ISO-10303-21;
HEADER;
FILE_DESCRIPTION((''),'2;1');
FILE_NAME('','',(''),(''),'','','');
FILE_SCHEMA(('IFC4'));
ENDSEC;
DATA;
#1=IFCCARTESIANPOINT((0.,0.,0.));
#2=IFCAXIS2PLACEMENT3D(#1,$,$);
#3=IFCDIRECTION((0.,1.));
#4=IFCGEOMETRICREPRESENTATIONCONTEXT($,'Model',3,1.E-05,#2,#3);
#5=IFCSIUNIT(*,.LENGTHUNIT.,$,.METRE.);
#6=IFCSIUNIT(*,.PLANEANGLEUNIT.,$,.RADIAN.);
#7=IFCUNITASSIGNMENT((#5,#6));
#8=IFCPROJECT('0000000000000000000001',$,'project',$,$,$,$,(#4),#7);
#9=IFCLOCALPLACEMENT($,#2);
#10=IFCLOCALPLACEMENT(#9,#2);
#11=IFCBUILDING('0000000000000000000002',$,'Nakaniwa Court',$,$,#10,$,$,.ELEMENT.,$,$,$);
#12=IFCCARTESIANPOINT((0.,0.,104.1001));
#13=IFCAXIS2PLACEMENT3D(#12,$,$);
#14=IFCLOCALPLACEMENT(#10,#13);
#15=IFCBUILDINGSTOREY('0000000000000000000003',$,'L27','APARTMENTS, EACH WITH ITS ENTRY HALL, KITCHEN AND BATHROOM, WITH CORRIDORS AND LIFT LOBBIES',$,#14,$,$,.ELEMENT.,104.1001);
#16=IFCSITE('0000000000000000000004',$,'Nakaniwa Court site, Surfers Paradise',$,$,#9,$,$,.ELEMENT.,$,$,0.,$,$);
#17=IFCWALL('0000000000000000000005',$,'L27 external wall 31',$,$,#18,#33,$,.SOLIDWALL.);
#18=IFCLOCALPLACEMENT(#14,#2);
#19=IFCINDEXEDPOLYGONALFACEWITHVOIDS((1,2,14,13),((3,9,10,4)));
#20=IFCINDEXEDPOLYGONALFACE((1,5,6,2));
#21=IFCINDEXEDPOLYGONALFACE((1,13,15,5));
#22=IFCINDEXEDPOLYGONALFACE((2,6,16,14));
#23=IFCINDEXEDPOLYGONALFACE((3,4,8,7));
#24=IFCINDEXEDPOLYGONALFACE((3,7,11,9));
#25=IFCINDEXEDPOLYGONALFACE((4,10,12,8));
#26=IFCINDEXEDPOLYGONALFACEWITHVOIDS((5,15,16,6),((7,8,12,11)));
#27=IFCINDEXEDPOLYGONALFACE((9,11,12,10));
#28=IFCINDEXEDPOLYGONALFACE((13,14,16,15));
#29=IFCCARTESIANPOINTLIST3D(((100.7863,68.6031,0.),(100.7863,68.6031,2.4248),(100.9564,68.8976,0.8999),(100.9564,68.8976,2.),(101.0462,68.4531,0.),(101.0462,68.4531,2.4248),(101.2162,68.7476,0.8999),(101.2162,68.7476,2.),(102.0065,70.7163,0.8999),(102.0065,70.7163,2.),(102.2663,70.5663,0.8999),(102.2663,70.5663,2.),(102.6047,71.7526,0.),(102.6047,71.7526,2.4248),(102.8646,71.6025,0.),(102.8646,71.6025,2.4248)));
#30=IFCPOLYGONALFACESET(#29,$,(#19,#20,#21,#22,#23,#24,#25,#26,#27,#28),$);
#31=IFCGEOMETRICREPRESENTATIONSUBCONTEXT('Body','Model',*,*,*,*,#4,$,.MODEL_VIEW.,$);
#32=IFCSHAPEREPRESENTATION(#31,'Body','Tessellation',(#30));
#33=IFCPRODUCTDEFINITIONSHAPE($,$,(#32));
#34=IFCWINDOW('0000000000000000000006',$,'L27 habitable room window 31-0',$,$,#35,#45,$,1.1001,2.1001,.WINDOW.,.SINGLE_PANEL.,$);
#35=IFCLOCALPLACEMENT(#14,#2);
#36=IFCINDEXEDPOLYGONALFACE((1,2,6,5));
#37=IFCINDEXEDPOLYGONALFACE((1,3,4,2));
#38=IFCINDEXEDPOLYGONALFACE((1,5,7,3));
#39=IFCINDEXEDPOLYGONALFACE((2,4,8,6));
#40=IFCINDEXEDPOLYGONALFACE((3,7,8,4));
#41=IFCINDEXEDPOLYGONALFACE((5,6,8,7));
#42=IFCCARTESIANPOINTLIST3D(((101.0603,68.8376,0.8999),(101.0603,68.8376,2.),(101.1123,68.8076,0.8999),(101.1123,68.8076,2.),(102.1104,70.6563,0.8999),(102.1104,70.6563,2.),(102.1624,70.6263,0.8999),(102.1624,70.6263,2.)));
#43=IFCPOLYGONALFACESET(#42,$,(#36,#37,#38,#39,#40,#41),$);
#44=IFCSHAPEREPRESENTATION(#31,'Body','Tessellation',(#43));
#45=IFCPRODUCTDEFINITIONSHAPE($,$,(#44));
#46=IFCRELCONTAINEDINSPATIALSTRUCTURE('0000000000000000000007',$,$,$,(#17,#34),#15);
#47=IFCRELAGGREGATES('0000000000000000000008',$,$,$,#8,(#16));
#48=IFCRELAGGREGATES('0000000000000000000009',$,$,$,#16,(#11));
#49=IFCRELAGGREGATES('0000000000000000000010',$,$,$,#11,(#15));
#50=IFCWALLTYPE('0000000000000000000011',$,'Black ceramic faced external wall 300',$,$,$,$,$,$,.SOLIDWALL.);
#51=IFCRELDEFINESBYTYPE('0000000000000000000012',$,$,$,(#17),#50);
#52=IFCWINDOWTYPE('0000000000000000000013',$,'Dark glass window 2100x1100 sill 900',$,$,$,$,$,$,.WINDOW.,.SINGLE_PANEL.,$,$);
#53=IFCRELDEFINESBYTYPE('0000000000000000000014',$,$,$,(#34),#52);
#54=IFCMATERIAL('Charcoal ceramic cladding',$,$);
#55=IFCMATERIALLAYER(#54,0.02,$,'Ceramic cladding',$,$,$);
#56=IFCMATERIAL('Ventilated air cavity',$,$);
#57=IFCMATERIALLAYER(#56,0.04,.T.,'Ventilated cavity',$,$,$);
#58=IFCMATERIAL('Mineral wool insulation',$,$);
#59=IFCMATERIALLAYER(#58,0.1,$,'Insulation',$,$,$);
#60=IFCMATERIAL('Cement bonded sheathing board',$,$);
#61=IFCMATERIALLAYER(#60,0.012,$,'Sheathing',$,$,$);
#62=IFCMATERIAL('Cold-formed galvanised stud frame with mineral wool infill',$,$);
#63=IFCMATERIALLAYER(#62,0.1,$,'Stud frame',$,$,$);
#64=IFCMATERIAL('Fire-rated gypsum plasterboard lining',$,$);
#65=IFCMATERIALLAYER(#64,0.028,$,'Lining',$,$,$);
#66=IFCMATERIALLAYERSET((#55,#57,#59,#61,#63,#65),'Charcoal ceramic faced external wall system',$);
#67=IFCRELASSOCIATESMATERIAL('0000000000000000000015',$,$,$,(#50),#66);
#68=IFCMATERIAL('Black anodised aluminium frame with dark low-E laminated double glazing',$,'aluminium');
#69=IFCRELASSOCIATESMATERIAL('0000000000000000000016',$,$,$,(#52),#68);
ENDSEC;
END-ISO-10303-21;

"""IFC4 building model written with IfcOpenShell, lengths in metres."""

from ifc_helpers import new_model, si_unit, direction, frame, frame_2d, origin, place, context, subcontext, project, spatial, rectangle, extrude, material, layer, layer_set, type_object, element, fill, save


model = new_model("IFC4")

# Units and contexts
model_context = context("Model", 3, precision=1e-05, world=origin(), true_north=direction((0.0, 1.0)))
body_context = subcontext(model_context, "Body", "Model", "MODEL_VIEW")
ifc_project = project(units=[si_unit("LENGTHUNIT", "METRE"), si_unit("PLANEANGLEUNIT", "RADIAN")], contexts=[model_context])

# Site, building, storey
site_placement = place(None, origin())
site = spatial("IfcSite", under=ifc_project, at=site_placement, Name="Nakaniwa Court site, Surfers Paradise", CompositionType="ELEMENT", RefElevation=0.0)
building_placement = place(site_placement, origin())
building = spatial("IfcBuilding", under=site, at=building_placement, Name="Nakaniwa Court", CompositionType="ELEMENT")
storey_placement = place(building_placement, frame((0.0, 0.0, 104.1001)))
storey = spatial("IfcBuildingStorey", under=building, at=storey_placement, Name="L27", Description="APARTMENTS, EACH WITH ITS ENTRY HALL, KITCHEN AND BATHROOM, WITH CORRIDORS AND LIFT LOBBIES", CompositionType="ELEMENT", Elevation=104.1001)

# Wall, opening, window
ifc_material_1 = material(Name="Charcoal ceramic cladding")
ifc_layer_1 = layer(ifc_material_1, 0.02, Name="Ceramic cladding")
ifc_material_2 = material(Name="Ventilated air cavity")
ifc_layer_2 = layer(ifc_material_2, 0.04, ventilated=True, Name="Ventilated cavity")
ifc_material_3 = material(Name="Mineral wool insulation")
ifc_layer_3 = layer(ifc_material_3, 0.1, Name="Insulation")
ifc_material_4 = material(Name="Cement bonded sheathing board")
ifc_layer_4 = layer(ifc_material_4, 0.012, Name="Sheathing")
ifc_material_5 = material(Name="Cold-formed galvanised stud frame with mineral wool infill")
ifc_layer_5 = layer(ifc_material_5, 0.1, Name="Stud frame")
ifc_material_6 = material(Name="Fire-rated gypsum plasterboard lining")
ifc_layer_6 = layer(ifc_material_6, 0.028, Name="Lining")
ifc_layer_set_1 = layer_set([ifc_layer_1, ifc_layer_2, ifc_layer_3, ifc_layer_4, ifc_layer_5, ifc_layer_6], Name="Charcoal ceramic faced external wall system")
wall_type_1 = type_object("IfcWallType", Name="Black ceramic faced external wall 300", PredefinedType="SOLIDWALL", material=ifc_layer_set_1)
ifc_material_7 = material(Name="Black anodised aluminium frame with dark low-E laminated double glazing", Category="aluminium")
window_type_1 = type_object("IfcWindowType", Name="Dark glass window 2100x1100 sill 900", PartitioningType="SINGLE_PANEL", PredefinedType="WINDOW", material=ifc_material_7)
wall_1_placement = place(storey_placement, frame((100.9163, 68.5281, 0.0), z_axis=(0.0, 0.0, 1.0), x_axis=(0.500009, 0.86602, 0.0)))
wall_1 = element("IfcWall", 1, at=wall_1_placement, inside=storey, type_object=wall_type_1, Name="L27 external wall 31", PredefinedType="SOLIDWALL", context=body_context, shape_type="SweptSolid", body=[
    extrude(rectangle(XDim=3.6367, YDim=0.3, at=frame_2d((1.8184, 0.0))), origin(), (0.0, 0.0, 1.0), 2.4248),
])
opening_1_placement = place(wall_1_placement, frame((0.3401, 0.0, 0.8999)))
opening_1 = element("IfcOpeningElement", 2, at=opening_1_placement, cuts=wall_1, PredefinedType="OPENING", context=body_context, shape_type="SweptSolid", body=[
    extrude(rectangle(XDim=2.1001, YDim=1.1001, at=frame_2d((1.05, 0.55))), frame((0.0, 0.1599, 0.0), z_axis=(0.0, -1.0, 0.0), x_axis=(1.0, 0.0, 0.0)), (0.0, 0.0, 1.0), 0.3201),
])
window_1_placement = place(opening_1_placement, origin())
window_1 = element("IfcWindow", 3, at=window_1_placement, inside=storey, type_object=window_type_1, Name="L27 habitable room window 31-0", OverallHeight=1.1001, OverallWidth=2.1001, PartitioningType="SINGLE_PANEL", PredefinedType="WINDOW", context=body_context, shape_type="SweptSolid", body=[
    extrude(rectangle(XDim=2.1001, YDim=1.1001, at=frame_2d((1.05, 0.55))), frame((0.0, 0.03, 0.0), z_axis=(0.0, -1.0, 0.0), x_axis=(1.0, 0.0, 0.0)), (0.0, 0.0, 1.0), 0.0601),
])
fill(opening_1, window_1)

save(model, "model.ifc")
